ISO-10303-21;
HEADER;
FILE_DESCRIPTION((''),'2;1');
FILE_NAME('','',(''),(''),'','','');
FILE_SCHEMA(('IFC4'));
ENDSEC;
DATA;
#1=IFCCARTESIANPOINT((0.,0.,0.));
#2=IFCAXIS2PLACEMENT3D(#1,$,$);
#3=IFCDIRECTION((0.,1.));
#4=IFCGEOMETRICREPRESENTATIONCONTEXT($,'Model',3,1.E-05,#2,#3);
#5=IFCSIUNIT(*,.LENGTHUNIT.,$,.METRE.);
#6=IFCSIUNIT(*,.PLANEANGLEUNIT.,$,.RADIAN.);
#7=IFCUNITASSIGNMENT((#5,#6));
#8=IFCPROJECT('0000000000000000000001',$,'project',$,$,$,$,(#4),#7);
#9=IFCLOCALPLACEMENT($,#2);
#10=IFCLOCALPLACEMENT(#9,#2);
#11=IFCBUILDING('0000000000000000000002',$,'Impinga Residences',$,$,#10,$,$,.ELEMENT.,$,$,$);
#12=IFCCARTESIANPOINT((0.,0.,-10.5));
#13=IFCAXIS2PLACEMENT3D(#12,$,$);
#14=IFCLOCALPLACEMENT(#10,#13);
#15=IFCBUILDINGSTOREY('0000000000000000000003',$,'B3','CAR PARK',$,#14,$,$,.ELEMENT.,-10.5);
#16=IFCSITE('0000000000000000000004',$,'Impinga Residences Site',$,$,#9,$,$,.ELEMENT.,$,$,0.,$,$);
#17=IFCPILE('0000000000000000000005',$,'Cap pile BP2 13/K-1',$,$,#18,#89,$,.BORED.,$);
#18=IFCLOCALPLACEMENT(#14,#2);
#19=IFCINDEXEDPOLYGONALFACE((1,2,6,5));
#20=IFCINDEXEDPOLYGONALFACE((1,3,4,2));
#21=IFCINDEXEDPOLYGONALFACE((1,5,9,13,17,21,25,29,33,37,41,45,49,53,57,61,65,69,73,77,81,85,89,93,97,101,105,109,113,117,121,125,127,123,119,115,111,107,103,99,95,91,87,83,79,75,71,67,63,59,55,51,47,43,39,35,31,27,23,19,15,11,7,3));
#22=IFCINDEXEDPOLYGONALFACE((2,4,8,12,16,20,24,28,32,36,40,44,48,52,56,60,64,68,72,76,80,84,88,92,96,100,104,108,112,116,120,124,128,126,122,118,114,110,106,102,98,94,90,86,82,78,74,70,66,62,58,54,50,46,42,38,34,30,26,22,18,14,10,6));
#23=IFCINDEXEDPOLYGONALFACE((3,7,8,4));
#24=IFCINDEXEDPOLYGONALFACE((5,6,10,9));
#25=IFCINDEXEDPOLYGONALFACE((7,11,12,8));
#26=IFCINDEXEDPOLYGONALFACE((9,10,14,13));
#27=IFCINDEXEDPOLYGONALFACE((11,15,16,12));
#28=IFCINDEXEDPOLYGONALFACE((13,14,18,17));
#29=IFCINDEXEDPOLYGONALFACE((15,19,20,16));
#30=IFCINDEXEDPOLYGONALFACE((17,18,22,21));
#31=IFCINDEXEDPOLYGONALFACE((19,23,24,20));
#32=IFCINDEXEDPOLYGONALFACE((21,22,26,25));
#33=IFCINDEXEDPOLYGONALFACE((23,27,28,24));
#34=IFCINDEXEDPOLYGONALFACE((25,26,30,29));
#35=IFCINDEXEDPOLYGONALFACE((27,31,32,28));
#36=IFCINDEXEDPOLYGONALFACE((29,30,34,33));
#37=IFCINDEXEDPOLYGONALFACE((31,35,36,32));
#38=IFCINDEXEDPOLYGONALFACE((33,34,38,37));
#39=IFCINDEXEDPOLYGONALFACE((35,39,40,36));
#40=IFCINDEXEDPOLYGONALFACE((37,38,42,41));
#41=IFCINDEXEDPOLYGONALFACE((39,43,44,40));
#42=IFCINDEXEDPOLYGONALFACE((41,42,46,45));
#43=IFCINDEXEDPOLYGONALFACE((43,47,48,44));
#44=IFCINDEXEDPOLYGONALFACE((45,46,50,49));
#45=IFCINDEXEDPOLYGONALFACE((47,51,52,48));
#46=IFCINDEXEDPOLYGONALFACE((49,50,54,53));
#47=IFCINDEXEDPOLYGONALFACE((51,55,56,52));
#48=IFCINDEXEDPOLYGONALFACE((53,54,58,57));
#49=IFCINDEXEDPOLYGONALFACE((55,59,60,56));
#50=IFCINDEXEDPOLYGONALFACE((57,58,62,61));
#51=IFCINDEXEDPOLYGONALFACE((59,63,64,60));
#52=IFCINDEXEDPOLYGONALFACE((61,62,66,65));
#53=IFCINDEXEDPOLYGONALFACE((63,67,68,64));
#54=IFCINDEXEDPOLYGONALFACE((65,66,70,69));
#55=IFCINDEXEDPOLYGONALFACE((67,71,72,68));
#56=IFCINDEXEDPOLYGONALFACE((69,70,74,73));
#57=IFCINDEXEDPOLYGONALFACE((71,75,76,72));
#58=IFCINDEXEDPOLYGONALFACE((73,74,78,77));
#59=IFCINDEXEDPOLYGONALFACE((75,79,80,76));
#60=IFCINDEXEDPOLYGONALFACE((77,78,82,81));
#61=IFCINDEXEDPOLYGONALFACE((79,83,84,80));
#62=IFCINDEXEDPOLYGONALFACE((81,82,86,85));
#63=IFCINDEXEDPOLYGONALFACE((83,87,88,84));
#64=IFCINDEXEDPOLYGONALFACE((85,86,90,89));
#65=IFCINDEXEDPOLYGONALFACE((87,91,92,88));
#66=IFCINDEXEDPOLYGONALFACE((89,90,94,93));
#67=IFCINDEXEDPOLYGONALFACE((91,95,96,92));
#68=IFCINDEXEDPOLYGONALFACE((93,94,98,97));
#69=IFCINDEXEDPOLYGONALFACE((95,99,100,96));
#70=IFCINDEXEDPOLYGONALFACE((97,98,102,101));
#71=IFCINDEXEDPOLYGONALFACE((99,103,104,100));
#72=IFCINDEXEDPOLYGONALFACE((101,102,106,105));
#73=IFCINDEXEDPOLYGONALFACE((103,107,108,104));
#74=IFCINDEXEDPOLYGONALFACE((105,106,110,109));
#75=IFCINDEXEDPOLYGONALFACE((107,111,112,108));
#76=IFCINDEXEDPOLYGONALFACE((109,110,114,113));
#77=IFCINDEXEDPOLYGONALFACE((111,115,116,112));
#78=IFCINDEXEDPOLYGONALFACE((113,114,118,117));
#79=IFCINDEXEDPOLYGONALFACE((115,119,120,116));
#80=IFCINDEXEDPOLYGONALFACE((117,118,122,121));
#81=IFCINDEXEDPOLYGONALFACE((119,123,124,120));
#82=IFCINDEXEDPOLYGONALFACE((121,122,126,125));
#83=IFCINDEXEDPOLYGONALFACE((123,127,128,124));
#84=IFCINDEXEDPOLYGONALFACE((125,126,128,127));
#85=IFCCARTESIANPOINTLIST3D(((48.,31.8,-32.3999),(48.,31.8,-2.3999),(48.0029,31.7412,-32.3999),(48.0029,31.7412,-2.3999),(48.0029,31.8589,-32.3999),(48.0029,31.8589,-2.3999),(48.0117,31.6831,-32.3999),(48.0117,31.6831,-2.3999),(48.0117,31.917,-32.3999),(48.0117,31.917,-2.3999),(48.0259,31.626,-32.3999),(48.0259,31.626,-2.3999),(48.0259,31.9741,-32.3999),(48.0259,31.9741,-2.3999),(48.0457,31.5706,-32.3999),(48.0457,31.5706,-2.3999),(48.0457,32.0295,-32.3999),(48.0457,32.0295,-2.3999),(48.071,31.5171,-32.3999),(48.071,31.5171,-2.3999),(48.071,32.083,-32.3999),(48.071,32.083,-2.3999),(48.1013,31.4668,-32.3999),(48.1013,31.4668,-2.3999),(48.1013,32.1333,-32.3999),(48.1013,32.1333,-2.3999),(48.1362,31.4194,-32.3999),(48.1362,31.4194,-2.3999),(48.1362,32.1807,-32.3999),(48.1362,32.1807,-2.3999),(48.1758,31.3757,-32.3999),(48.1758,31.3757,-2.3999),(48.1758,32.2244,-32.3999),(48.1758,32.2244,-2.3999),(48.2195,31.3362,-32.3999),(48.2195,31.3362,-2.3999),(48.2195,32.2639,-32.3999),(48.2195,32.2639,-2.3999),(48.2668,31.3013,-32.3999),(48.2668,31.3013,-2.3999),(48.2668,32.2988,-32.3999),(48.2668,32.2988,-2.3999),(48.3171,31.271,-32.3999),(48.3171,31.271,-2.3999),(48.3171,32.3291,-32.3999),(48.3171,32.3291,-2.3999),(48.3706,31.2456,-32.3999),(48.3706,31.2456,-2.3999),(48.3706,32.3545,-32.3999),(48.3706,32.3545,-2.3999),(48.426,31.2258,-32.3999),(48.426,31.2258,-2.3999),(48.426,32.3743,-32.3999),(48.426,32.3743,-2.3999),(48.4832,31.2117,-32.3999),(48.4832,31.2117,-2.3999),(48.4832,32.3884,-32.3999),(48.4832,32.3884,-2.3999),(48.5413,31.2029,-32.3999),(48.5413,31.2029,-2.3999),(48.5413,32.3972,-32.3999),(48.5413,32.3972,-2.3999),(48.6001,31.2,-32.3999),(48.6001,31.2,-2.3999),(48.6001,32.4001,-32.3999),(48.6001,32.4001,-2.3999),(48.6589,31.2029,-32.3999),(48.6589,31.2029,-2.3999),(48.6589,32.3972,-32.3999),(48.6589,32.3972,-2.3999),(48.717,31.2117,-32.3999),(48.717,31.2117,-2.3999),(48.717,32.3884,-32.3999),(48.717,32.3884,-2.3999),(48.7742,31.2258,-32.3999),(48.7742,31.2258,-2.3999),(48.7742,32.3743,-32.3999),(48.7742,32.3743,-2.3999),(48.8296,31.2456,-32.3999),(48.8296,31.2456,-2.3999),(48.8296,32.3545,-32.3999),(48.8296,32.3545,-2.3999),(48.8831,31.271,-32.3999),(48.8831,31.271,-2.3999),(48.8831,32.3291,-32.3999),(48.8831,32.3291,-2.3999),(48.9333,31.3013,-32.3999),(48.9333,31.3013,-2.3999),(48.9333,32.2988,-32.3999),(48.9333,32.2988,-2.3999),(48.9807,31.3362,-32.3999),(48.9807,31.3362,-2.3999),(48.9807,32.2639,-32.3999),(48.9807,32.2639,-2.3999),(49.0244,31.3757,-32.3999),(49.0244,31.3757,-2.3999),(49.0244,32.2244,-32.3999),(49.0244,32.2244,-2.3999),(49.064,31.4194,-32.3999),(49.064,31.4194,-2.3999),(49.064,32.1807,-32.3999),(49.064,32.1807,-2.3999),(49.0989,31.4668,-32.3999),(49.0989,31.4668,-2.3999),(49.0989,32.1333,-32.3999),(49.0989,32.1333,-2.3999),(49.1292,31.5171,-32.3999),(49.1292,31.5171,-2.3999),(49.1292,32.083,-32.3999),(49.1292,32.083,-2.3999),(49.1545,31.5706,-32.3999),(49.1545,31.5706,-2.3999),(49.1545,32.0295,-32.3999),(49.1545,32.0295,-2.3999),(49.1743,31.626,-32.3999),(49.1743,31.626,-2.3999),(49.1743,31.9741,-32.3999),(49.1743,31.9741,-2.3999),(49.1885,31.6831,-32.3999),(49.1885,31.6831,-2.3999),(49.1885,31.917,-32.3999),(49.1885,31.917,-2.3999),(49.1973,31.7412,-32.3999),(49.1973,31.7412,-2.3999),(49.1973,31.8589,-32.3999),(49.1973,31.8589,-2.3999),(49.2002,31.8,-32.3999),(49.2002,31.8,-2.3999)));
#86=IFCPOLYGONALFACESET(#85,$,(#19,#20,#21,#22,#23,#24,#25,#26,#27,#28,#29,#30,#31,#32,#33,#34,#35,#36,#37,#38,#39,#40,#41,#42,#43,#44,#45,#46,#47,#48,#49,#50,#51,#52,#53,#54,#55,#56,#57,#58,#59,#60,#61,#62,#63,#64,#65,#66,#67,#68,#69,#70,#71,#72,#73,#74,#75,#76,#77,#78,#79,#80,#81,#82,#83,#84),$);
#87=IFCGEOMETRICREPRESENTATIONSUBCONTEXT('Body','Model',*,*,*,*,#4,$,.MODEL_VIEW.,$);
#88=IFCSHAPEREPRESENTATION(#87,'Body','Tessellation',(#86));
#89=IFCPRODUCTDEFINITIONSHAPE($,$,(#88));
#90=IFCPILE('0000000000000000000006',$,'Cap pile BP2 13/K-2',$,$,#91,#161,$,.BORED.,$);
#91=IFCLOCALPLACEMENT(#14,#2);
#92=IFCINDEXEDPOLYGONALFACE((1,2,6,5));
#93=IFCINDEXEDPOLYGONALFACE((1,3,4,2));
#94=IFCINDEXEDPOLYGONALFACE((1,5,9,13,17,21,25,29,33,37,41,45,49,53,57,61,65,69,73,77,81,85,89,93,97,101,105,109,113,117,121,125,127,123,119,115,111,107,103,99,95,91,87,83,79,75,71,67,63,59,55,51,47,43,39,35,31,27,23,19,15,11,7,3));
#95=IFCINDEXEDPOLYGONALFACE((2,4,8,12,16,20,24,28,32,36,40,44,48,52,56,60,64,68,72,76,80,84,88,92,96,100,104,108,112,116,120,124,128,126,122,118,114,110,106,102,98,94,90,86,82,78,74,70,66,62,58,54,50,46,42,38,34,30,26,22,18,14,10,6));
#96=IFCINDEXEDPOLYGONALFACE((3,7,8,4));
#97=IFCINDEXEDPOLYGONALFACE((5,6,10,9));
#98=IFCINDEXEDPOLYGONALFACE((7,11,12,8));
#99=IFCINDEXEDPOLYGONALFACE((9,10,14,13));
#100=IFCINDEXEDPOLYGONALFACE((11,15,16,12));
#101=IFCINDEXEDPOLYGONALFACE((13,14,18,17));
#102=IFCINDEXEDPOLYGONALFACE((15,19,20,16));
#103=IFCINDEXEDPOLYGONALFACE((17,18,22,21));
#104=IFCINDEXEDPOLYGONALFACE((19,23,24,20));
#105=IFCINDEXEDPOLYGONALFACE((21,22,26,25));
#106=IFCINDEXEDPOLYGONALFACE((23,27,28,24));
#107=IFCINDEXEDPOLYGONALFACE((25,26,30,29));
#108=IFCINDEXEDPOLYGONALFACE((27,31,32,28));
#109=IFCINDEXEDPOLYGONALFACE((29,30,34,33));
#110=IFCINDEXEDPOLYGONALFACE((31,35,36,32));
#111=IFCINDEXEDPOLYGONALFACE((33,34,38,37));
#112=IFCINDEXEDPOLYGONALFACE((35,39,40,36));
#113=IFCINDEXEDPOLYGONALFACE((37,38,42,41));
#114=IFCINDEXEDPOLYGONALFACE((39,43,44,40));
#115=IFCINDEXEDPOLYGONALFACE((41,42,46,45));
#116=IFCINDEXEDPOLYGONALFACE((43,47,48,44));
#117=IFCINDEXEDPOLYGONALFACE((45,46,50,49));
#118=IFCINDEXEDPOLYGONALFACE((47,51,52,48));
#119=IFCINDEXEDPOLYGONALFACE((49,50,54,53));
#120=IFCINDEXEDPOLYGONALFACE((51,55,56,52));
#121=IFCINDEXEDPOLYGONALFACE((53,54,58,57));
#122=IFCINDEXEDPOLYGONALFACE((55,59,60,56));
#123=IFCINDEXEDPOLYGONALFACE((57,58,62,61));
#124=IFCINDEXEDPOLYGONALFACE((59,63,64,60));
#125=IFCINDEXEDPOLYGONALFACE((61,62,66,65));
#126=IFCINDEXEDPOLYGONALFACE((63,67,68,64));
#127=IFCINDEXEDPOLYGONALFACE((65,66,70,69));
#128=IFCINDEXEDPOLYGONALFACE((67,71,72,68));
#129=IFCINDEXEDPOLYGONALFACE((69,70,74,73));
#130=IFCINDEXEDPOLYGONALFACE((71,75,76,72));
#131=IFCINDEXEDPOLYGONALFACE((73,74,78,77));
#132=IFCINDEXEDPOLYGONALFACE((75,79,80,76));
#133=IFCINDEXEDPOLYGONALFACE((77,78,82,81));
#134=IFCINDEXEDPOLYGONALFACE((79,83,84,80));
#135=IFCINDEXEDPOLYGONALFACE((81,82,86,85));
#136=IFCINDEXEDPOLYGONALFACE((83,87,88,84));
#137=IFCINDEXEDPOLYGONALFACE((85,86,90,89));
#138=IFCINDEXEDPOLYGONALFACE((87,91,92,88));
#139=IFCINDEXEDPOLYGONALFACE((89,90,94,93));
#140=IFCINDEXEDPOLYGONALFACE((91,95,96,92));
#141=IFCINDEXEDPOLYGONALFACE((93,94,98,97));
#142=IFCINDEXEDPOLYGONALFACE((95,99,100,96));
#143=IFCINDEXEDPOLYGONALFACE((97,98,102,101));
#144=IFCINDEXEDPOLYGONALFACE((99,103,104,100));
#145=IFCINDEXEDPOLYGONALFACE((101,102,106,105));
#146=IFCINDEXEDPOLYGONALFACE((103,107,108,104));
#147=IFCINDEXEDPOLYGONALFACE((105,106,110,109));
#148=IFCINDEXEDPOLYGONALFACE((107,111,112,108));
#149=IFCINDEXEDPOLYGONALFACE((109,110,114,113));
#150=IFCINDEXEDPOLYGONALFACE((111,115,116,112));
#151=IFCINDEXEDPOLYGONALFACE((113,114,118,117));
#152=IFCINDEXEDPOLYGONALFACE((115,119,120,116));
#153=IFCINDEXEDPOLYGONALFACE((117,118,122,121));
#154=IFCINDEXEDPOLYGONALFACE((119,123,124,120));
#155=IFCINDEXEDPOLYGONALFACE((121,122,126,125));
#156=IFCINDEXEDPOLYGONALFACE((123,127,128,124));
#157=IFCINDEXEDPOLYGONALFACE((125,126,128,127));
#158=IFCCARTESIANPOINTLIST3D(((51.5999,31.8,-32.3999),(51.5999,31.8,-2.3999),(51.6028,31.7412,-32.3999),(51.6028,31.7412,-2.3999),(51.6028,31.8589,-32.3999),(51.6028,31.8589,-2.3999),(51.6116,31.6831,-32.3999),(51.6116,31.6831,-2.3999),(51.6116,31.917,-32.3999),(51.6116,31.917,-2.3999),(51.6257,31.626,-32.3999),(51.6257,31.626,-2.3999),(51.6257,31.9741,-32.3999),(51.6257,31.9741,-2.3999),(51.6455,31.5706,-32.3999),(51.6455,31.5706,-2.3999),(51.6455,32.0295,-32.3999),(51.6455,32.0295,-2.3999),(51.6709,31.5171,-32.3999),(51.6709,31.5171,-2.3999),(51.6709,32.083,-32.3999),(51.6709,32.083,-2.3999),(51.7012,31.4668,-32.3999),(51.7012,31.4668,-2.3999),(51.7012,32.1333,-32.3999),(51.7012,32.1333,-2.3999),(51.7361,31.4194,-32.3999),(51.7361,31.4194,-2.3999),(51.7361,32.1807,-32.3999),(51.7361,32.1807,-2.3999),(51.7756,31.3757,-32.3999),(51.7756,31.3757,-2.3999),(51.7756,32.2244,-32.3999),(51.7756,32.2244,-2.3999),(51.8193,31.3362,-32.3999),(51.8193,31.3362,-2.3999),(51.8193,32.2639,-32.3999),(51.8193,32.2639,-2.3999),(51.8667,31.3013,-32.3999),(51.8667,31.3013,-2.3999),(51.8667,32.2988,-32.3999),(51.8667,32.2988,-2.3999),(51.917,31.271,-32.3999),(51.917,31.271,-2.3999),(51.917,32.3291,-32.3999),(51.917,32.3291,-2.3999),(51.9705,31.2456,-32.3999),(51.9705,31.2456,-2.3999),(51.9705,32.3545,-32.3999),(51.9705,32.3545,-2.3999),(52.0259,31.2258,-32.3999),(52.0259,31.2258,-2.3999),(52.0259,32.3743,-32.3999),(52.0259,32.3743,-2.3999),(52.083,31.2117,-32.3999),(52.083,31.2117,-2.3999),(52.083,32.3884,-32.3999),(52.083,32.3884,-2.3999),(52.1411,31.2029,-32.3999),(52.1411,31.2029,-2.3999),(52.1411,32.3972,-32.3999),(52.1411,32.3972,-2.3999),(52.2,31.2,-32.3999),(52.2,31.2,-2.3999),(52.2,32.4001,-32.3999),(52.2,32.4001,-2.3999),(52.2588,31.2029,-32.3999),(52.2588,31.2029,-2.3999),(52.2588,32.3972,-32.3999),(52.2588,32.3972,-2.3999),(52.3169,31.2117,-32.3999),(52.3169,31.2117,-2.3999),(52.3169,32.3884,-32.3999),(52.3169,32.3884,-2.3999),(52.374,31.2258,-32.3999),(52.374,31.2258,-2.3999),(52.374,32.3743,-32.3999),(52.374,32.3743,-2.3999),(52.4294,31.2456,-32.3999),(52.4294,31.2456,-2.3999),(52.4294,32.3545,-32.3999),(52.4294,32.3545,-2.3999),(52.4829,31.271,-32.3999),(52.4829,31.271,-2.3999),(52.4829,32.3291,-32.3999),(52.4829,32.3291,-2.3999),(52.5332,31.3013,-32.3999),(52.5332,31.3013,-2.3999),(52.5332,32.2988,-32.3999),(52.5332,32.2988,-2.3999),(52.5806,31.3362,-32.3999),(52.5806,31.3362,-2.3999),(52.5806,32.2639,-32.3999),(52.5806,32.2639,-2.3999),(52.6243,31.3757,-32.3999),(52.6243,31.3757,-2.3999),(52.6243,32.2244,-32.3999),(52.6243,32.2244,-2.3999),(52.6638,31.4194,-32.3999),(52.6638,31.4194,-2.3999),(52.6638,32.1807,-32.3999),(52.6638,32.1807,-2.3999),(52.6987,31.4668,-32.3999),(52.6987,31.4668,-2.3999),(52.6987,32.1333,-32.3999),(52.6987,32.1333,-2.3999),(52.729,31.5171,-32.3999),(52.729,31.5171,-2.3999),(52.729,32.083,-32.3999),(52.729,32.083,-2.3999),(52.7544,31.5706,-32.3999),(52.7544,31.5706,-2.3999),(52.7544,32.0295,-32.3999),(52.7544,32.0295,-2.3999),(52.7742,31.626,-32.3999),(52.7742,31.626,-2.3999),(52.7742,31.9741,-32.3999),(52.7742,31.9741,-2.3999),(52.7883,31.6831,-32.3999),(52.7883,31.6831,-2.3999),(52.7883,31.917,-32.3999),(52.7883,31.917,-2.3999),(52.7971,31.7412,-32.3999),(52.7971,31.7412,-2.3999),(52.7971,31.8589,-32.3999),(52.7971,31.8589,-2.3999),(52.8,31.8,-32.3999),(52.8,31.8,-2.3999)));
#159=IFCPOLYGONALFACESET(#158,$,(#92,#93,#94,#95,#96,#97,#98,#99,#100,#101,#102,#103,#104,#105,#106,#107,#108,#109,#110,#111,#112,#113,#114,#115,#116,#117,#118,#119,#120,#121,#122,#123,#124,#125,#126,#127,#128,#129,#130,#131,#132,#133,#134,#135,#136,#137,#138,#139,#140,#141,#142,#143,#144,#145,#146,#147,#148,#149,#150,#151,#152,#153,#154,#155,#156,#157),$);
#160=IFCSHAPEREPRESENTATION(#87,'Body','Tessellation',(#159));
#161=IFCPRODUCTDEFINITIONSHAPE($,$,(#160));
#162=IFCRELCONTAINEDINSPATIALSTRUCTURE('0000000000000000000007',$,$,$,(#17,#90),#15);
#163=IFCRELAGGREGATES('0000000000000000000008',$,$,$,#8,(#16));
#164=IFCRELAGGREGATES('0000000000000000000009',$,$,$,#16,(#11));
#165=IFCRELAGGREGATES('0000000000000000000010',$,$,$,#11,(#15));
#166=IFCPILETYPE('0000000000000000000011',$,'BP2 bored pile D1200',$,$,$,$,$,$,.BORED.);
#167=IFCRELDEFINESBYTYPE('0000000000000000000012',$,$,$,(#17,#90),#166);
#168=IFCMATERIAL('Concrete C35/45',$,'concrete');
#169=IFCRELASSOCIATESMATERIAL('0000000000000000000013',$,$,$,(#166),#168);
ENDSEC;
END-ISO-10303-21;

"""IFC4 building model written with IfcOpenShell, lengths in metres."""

from ifc_helpers import new_model, si_unit, direction, frame, origin, origin_2d, place, context, subcontext, project, spatial, polyline, circle, outline, extrude, material, material_profile, profile_set, type_object, element, save


model = new_model("IFC4")

# Units and contexts
model_context = context("Model", 3, precision=1e-05, world=origin(), true_north=direction((0.0, 1.0)))
body_context = subcontext(model_context, "Body", "Model", "MODEL_VIEW")
ifc_project = project(units=[si_unit("LENGTHUNIT", "METRE"), si_unit("PLANEANGLEUNIT", "RADIAN")], contexts=[model_context])

# Site, building, storey
site_placement = place(None, origin())
site = spatial("IfcSite", under=ifc_project, at=site_placement, Name="Impinga Residences Site", CompositionType="ELEMENT", RefElevation=0.0)
building_placement = place(site_placement, origin())
building = spatial("IfcBuilding", under=site, at=building_placement, Name="Impinga Residences", CompositionType="ELEMENT")
storey_placement = place(building_placement, frame((0.0, 0.0, -10.5)))
storey = spatial("IfcBuildingStorey", under=building, at=storey_placement, Name="B3", Description="CAR PARK", CompositionType="ELEMENT", Elevation=-10.5)

# Piles
ifc_material_1 = material(Name="Concrete C35/45", Category="concrete")
ifc_material_profile_1 = material_profile(ifc_material_1, circle(Radius=0.6001, at=origin_2d()), Name="D1200")
ifc_profile_set_1 = profile_set([ifc_material_profile_1], Name="Concrete C35/45")
pile_type = type_object("IfcPileType", Name="BP2 bored pile D1200", PredefinedType="BORED", material=ifc_profile_set_1)
pile_1_placement = place(storey_placement, frame((48.6001, 31.8, -2.3999), z_axis=(0.0, 0.0, -1.0), x_axis=(1.0, 0.0, 0.0)))
element("IfcPile", 1, at=pile_1_placement, inside=storey, type_object=pile_type, Name="Cap pile BP2 13/K-1", PredefinedType="BORED", context=body_context, shape_type="SweptSolid", body=[
    extrude(outline(polyline([(0.6001, 0.0), (0.5972, 0.0588), (0.5884, 0.1169), (0.5742, 0.1741), (0.5544, 0.2295), (0.5291, 0.283), (0.4988, 0.3333), (0.4639, 0.3806), (0.4243, 0.4243), (0.3806, 0.4639), (0.3333, 0.4988), (0.283, 0.5291), (0.2295, 0.5544), (0.1741, 0.5742), (0.1169, 0.5884), (0.0588, 0.5972), (0.0, 0.6001), (-0.0588, 0.5972), (-0.1169, 0.5884), (-0.1741, 0.5742), (-0.2295, 0.5544), (-0.283, 0.5291), (-0.3333, 0.4988), (-0.3806, 0.4639), (-0.4243, 0.4243), (-0.4639, 0.3806), (-0.4988, 0.3333), (-0.5291, 0.283), (-0.5544, 0.2295), (-0.5742, 0.1741), (-0.5884, 0.1169), (-0.5972, 0.0588), (-0.6001, 0.0), (-0.5972, -0.0588), (-0.5884, -0.1169), (-0.5742, -0.1741), (-0.5544, -0.2295), (-0.5291, -0.283), (-0.4988, -0.3333), (-0.4639, -0.3806), (-0.4243, -0.4243), (-0.3806, -0.4639), (-0.3333, -0.4988), (-0.283, -0.5291), (-0.2295, -0.5544), (-0.1741, -0.5742), (-0.1169, -0.5884), (-0.0588, -0.5972), (0.0, -0.6001), (0.0588, -0.5972), (0.1169, -0.5884), (0.1741, -0.5742), (0.2295, -0.5544), (0.283, -0.5291), (0.3333, -0.4988), (0.3806, -0.4639), (0.4243, -0.4243), (0.4639, -0.3806), (0.4988, -0.3333), (0.5291, -0.283), (0.5544, -0.2295), (0.5742, -0.1741), (0.5884, -0.1169), (0.5972, -0.0588), (0.6001, 0.0)])), origin(), (0.0, 0.0, 1.0), 30.0),
])
pile_2_placement = place(storey_placement, frame((52.2, 31.8, -2.3999), z_axis=(0.0, 0.0, -1.0), x_axis=(1.0, 0.0, 0.0)))
element("IfcPile", 2, at=pile_2_placement, inside=storey, type_object=pile_type, Name="Cap pile BP2 13/K-2", PredefinedType="BORED", context=body_context, shape_type="SweptSolid", body=[
    extrude(outline(polyline([(0.6001, 0.0), (0.5972, 0.0588), (0.5884, 0.1169), (0.5742, 0.1741), (0.5544, 0.2295), (0.5291, 0.283), (0.4988, 0.3333), (0.4639, 0.3806), (0.4243, 0.4243), (0.3806, 0.4639), (0.3333, 0.4988), (0.283, 0.5291), (0.2295, 0.5544), (0.1741, 0.5742), (0.1169, 0.5884), (0.0588, 0.5972), (0.0, 0.6001), (-0.0588, 0.5972), (-0.1169, 0.5884), (-0.1741, 0.5742), (-0.2295, 0.5544), (-0.283, 0.5291), (-0.3333, 0.4988), (-0.3806, 0.4639), (-0.4243, 0.4243), (-0.4639, 0.3806), (-0.4988, 0.3333), (-0.5291, 0.283), (-0.5544, 0.2295), (-0.5742, 0.1741), (-0.5884, 0.1169), (-0.5972, 0.0588), (-0.6001, 0.0), (-0.5972, -0.0588), (-0.5884, -0.1169), (-0.5742, -0.1741), (-0.5544, -0.2295), (-0.5291, -0.283), (-0.4988, -0.3333), (-0.4639, -0.3806), (-0.4243, -0.4243), (-0.3806, -0.4639), (-0.3333, -0.4988), (-0.283, -0.5291), (-0.2295, -0.5544), (-0.1741, -0.5742), (-0.1169, -0.5884), (-0.0588, -0.5972), (0.0, -0.6001), (0.0588, -0.5972), (0.1169, -0.5884), (0.1741, -0.5742), (0.2295, -0.5544), (0.283, -0.5291), (0.3333, -0.4988), (0.3806, -0.4639), (0.4243, -0.4243), (0.4639, -0.3806), (0.4988, -0.3333), (0.5291, -0.283), (0.5544, -0.2295), (0.5742, -0.1741), (0.5884, -0.1169), (0.5972, -0.0588), (0.6001, 0.0)])), origin(), (0.0, 0.0, 1.0), 30.0),
])

save(model, "model.ifc")
